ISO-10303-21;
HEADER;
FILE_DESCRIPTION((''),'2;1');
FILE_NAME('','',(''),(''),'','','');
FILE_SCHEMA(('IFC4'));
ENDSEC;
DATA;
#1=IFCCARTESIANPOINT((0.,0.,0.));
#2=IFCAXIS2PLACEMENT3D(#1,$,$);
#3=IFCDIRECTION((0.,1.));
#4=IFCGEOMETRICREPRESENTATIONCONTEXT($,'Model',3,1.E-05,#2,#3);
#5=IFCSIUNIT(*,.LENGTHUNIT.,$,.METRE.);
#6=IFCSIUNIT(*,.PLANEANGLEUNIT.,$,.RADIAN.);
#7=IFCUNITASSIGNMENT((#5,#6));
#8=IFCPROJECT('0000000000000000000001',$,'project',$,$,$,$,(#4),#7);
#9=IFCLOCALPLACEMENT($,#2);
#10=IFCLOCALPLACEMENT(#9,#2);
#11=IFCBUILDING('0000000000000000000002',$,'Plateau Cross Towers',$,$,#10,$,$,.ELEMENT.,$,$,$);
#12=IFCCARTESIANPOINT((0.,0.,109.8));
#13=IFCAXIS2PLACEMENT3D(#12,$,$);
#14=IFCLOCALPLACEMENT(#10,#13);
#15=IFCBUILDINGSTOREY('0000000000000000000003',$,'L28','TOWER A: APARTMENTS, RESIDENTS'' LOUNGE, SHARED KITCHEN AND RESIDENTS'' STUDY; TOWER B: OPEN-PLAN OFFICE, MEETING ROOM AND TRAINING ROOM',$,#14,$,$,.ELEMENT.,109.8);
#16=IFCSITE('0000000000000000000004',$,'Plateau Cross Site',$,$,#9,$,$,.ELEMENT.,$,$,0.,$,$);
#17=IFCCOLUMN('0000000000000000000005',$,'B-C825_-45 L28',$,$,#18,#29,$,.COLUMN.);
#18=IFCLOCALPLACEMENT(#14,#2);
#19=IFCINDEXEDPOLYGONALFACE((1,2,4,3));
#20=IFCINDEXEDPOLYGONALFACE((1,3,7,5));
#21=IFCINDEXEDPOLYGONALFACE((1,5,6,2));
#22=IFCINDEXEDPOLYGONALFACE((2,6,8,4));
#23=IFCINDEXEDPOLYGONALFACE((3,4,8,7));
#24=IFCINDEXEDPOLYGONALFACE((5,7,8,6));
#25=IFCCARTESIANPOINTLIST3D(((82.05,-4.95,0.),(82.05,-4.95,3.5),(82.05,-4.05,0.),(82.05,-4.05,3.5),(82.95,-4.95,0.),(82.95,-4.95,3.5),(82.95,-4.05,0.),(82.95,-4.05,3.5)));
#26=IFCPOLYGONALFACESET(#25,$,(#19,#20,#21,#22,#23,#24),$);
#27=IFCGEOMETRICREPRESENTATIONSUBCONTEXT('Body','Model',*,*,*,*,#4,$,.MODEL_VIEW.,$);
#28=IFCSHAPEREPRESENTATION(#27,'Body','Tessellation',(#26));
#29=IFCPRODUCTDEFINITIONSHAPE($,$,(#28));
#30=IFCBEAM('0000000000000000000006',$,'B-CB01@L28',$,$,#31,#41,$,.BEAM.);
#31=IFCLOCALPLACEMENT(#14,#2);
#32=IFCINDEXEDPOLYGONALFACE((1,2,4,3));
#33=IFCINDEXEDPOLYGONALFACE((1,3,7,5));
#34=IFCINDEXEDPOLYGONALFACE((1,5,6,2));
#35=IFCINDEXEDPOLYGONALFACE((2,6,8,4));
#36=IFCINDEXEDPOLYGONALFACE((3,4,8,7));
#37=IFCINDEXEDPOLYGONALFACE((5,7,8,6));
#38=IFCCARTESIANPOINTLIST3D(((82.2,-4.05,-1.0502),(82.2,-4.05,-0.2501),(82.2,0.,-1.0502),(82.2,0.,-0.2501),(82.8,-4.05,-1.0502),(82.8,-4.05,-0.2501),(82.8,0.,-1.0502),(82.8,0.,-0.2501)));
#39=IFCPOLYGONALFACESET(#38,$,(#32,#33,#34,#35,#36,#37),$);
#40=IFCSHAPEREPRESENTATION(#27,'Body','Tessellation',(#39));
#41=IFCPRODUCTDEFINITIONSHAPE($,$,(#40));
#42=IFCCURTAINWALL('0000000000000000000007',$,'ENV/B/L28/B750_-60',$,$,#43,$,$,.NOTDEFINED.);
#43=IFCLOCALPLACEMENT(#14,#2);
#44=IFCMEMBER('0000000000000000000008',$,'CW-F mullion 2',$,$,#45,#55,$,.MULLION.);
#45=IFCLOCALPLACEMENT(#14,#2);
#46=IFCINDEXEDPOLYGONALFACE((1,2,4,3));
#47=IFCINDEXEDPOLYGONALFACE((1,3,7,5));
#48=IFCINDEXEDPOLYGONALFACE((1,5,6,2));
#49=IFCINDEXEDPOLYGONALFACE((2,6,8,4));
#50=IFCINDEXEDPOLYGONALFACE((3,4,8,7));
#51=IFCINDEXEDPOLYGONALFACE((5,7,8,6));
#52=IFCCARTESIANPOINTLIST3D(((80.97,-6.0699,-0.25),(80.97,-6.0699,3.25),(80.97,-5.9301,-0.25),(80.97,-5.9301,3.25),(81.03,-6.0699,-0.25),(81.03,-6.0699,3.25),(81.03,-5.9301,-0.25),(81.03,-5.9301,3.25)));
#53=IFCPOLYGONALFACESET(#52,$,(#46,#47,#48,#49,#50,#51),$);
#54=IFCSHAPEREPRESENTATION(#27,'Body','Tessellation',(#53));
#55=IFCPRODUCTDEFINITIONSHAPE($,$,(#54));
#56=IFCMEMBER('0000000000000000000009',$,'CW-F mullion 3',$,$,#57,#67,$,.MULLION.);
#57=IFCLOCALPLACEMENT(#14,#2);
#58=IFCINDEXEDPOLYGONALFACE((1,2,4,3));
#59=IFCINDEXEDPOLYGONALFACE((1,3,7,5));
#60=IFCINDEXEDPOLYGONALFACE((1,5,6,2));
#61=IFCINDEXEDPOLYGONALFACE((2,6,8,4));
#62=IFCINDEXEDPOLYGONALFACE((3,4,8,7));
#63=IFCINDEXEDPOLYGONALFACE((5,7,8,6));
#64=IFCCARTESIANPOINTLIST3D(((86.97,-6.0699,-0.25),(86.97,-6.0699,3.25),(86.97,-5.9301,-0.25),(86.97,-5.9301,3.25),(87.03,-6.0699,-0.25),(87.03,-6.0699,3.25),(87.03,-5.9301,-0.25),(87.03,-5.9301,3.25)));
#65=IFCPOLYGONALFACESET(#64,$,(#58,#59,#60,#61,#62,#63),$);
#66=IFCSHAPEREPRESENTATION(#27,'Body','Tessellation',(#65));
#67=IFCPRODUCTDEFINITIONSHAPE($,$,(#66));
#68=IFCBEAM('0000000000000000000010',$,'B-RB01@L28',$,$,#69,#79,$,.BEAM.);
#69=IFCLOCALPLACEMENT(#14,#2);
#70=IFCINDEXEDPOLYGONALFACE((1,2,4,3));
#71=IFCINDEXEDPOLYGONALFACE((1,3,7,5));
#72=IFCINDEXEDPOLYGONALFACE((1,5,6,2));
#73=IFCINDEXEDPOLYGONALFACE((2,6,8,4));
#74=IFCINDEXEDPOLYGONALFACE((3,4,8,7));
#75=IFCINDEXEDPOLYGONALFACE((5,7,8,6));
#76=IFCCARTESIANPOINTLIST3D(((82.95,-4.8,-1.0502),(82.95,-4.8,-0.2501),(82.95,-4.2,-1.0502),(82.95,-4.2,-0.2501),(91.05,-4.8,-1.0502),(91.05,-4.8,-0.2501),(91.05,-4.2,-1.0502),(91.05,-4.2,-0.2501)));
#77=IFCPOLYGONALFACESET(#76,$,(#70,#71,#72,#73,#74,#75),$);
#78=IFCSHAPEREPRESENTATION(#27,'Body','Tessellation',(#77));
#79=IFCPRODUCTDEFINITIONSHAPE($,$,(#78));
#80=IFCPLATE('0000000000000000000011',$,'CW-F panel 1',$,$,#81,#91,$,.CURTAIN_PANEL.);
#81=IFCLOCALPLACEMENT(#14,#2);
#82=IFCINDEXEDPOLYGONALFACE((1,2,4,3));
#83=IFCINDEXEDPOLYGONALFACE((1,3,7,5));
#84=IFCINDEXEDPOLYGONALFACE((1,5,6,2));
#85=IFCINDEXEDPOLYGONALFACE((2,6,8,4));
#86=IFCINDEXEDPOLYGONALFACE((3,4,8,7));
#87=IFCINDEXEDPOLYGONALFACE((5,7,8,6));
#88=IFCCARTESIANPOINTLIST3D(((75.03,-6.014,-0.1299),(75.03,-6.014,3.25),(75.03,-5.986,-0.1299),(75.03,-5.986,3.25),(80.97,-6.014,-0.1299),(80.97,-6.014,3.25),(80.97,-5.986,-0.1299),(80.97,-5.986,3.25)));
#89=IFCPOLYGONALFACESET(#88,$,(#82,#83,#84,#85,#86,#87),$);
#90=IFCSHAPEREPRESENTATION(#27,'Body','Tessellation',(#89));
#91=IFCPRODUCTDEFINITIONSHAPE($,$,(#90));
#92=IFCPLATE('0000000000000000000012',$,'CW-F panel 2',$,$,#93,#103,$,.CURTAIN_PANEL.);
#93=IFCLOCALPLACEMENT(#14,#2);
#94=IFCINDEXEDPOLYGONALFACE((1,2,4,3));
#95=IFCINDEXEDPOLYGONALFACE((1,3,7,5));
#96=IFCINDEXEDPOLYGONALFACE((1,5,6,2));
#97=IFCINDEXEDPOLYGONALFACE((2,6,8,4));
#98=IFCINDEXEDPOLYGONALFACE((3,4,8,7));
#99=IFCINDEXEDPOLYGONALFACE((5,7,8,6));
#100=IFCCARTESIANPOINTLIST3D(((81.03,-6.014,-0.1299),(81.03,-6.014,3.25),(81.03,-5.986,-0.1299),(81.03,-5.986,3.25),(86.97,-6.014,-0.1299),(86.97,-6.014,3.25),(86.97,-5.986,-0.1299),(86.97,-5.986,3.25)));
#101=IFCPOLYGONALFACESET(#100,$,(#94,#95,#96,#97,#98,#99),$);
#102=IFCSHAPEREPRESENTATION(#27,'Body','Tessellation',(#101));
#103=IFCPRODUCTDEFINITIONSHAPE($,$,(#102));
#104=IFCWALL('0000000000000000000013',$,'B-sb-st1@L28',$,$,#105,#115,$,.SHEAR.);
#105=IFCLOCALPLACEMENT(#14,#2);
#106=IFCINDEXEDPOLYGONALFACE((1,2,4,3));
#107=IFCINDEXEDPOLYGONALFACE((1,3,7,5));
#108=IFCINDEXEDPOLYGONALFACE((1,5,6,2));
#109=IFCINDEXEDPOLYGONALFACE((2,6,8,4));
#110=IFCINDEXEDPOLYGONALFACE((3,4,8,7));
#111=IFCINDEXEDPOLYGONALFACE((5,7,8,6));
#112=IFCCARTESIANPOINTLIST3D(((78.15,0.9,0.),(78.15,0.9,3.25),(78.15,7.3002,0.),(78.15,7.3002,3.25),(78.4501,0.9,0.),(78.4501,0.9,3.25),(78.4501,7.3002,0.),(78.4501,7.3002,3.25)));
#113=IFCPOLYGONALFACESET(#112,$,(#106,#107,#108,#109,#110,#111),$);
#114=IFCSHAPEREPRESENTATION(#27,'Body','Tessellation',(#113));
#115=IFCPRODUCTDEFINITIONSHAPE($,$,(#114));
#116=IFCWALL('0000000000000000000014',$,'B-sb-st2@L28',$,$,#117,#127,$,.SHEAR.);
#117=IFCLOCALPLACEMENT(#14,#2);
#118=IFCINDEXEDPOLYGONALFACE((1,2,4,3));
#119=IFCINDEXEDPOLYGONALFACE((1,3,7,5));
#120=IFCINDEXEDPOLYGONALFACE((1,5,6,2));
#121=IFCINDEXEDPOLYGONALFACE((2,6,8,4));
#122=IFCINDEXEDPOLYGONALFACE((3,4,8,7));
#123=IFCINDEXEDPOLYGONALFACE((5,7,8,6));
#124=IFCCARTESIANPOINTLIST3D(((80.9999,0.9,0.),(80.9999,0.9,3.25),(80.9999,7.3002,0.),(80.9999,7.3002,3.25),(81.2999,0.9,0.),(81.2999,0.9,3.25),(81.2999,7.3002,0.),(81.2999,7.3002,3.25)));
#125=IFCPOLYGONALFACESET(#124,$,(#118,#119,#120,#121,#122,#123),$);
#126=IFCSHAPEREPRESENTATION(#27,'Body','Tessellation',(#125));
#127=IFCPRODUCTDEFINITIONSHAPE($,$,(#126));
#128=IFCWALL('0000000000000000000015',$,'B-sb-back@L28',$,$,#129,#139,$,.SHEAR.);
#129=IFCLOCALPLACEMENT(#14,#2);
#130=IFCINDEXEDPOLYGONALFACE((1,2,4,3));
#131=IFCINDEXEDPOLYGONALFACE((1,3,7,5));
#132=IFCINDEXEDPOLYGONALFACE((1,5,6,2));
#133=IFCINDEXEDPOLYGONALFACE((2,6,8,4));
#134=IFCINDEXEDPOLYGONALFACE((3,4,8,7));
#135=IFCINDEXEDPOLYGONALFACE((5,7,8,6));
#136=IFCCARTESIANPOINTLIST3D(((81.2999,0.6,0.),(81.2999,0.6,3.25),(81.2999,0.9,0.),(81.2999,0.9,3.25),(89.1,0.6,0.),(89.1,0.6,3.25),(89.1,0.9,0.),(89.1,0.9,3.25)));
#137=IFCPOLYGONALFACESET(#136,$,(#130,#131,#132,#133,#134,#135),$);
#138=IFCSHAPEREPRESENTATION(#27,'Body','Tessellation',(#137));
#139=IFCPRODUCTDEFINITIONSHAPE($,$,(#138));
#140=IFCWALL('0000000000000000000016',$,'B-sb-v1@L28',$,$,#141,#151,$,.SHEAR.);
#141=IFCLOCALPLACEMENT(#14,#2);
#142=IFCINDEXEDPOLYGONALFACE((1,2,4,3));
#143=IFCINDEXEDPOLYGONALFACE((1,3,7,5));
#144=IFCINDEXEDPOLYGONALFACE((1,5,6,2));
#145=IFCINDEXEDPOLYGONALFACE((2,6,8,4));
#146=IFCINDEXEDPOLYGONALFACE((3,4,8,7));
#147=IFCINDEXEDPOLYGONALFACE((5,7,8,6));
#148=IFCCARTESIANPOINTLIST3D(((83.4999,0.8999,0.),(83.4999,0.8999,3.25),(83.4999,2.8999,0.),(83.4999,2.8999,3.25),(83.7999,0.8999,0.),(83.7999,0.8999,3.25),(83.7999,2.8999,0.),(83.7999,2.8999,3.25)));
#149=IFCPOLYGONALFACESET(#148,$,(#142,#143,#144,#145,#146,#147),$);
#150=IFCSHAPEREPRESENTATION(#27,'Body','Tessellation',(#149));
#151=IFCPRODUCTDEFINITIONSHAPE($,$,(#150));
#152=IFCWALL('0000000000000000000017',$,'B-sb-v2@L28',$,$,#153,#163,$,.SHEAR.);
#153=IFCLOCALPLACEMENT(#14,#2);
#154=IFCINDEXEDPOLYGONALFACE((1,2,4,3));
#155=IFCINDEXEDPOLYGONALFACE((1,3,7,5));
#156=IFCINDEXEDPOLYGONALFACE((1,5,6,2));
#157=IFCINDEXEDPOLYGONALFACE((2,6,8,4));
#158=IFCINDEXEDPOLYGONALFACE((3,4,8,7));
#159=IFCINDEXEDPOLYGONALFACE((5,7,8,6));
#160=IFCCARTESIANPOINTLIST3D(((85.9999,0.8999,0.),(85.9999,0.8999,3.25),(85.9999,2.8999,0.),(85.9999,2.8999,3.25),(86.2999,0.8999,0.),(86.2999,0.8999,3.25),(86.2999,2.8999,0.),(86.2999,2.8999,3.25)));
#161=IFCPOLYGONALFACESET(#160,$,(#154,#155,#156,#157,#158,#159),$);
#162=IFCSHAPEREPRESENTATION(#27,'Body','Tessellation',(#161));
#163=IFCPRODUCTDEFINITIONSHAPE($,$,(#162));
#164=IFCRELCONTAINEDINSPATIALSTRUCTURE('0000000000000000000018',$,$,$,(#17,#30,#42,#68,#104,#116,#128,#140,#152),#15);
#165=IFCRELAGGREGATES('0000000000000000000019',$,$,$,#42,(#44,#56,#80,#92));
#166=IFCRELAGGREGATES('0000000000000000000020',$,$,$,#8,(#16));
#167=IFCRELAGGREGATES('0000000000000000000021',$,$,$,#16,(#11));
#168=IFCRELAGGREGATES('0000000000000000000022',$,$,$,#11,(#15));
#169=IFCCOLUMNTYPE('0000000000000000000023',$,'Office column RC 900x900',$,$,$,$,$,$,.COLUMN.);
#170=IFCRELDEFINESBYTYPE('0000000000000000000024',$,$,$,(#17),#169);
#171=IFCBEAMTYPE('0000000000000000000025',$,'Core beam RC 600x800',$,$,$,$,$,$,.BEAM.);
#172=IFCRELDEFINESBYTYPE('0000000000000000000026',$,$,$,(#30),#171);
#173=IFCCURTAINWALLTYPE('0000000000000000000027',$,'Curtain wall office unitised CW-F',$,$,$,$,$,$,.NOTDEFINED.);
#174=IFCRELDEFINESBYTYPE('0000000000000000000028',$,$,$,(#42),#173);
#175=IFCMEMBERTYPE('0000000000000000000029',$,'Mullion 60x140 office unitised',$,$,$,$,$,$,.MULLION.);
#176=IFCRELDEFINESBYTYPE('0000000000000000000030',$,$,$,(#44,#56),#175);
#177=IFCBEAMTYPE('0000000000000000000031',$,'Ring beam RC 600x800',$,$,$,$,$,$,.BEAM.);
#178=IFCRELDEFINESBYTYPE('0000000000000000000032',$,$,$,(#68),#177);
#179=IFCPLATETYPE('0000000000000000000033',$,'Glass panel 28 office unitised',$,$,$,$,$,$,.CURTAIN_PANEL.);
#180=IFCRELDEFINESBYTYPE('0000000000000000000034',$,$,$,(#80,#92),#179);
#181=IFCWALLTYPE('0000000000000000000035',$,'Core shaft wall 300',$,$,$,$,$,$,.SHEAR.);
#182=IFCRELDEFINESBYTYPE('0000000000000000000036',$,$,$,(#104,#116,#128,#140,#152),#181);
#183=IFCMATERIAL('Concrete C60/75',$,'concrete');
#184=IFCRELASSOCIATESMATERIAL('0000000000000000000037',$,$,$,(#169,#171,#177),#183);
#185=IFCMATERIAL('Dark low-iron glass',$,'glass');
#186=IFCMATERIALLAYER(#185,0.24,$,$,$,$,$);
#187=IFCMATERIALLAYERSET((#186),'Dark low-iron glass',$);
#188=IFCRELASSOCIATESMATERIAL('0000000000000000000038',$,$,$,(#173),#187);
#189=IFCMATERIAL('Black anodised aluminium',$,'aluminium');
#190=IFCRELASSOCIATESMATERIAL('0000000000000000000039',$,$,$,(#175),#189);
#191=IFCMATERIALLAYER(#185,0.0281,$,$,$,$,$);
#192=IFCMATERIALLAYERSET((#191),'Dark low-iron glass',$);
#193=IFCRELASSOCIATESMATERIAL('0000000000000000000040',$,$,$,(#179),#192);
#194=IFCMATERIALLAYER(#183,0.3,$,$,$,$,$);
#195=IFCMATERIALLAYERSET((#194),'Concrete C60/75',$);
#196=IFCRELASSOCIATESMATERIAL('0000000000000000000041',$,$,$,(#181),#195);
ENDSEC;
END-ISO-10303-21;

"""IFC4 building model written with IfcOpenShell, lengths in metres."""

from ifc_helpers import new_model, si_unit, direction, frame, frame_2d, origin, origin_2d, place, context, subcontext, project, spatial, rectangle, extrude, material, layer, layer_set, material_profile, profile_set, type_object, element, aggregate, save


model = new_model("IFC4")

# Units and contexts
model_context = context("Model", 3, precision=1e-05, world=origin(), true_north=direction((0.0, 1.0)))
body_context = subcontext(model_context, "Body", "Model", "MODEL_VIEW")
ifc_project = project(units=[si_unit("LENGTHUNIT", "METRE"), si_unit("PLANEANGLEUNIT", "RADIAN")], contexts=[model_context])

# Site, building, storey
site_placement = place(None, origin())
site = spatial("IfcSite", under=ifc_project, at=site_placement, Name="Plateau Cross Site", CompositionType="ELEMENT", RefElevation=0.0)
building_placement = place(site_placement, origin())
building = spatial("IfcBuilding", under=site, at=building_placement, Name="Plateau Cross Towers", CompositionType="ELEMENT")
storey_placement = place(building_placement, frame((0.0, 0.0, 109.8)))
storey = spatial("IfcBuildingStorey", under=building, at=storey_placement, Name="L28", Description="TOWER A: APARTMENTS, RESIDENTS' LOUNGE, SHARED KITCHEN AND RESIDENTS' STUDY; TOWER B: OPEN-PLAN OFFICE, MEETING ROOM AND TRAINING ROOM", CompositionType="ELEMENT", Elevation=109.8)

# Column
ifc_material_1 = material(Name="Concrete C60/75", Category="concrete")
ifc_material_profile_1 = material_profile(ifc_material_1, rectangle(XDim=0.8999, YDim=0.8999, at=origin_2d()), Name="RC 900x900")
ifc_profile_set_1 = profile_set([ifc_material_profile_1], Name="Concrete C60/75")
column_type = type_object("IfcColumnType", Name="Office column RC 900x900", PredefinedType="COLUMN", material=ifc_profile_set_1)
column_placement = place(storey_placement, frame((82.5, -4.5, 0.0), z_axis=(0.0, 0.0, 1.0), x_axis=(1.0, 0.0, 0.0)))
element("IfcColumn", 1, at=column_placement, inside=storey, type_object=column_type, Name="B-C825_-45 L28", PredefinedType="COLUMN", context=body_context, shape_type="SweptSolid", body=[
    extrude(rectangle(XDim=0.8999, YDim=0.8999, at=origin_2d()), origin(), (0.0, 0.0, 1.0), 3.5),
])

# Beam
ifc_material_profile_2 = material_profile(ifc_material_1, rectangle(XDim=0.6001, YDim=0.8, at=origin_2d()), Name="RC 600x800")
ifc_profile_set_2 = profile_set([ifc_material_profile_2], Name="Concrete C60/75")
beam_type_1 = type_object("IfcBeamType", Name="Core beam RC 600x800", PredefinedType="BEAM", material=ifc_profile_set_2)
beam_1_placement = place(storey_placement, frame((82.5, 0.0, -0.6501), z_axis=(0.0, -1.0, 0.0), x_axis=(1.0, 0.0, 0.0)))
element("IfcBeam", 2, at=beam_1_placement, inside=storey, type_object=beam_type_1, Name="B-CB01@L28", PredefinedType="BEAM", context=body_context, shape_type="SweptSolid", body=[
    extrude(rectangle(XDim=0.6001, YDim=0.8, at=origin_2d()), origin(), (0.0, 0.0, 1.0), 4.05),
])

# Curtain wall, members
ifc_material_2 = material(Name="Dark low-iron glass", Category="glass")
ifc_layer_1 = layer(ifc_material_2, 0.24)
ifc_layer_set_1 = layer_set([ifc_layer_1], Name="Dark low-iron glass")
curtain_wall_type = type_object("IfcCurtainWallType", Name="Curtain wall office unitised CW-F", PredefinedType="NOTDEFINED", material=ifc_layer_set_1)
curtain_wall_placement = place(storey_placement, origin())
curtain_wall = element("IfcCurtainWall", 3, at=curtain_wall_placement, inside=storey, type_object=curtain_wall_type, Name="ENV/B/L28/B750_-60", PredefinedType="NOTDEFINED")
ifc_material_3 = material(Name="Black anodised aluminium", Category="aluminium")
ifc_material_profile_3 = material_profile(ifc_material_3, rectangle(XDim=0.0601, YDim=0.1399, at=origin_2d()), Name="MULLION 60x140")
ifc_profile_set_3 = profile_set([ifc_material_profile_3], Name="Black anodised aluminium")
member_type = type_object("IfcMemberType", Name="Mullion 60x140 office unitised", PredefinedType="MULLION", material=ifc_profile_set_3)
member_1_placement = place(storey_placement, frame((81.0, -6.0, -0.25), z_axis=(0.0, 0.0, 1.0), x_axis=(1.0, 0.0, 0.0)))
member_1 = element("IfcMember", 4, at=member_1_placement, type_object=member_type, Name="CW-F mullion 2", PredefinedType="MULLION", context=body_context, shape_type="SweptSolid", body=[
    extrude(rectangle(XDim=0.0601, YDim=0.1399, at=origin_2d()), origin(), (0.0, 0.0, 1.0), 3.5),
])
member_2_placement = place(storey_placement, frame((87.0, -6.0, -0.25), z_axis=(0.0, 0.0, 1.0), x_axis=(1.0, 0.0, 0.0)))
member_2 = element("IfcMember", 5, at=member_2_placement, type_object=member_type, Name="CW-F mullion 3", PredefinedType="MULLION", context=body_context, shape_type="SweptSolid", body=[
    extrude(rectangle(XDim=0.0601, YDim=0.1399, at=origin_2d()), origin(), (0.0, 0.0, 1.0), 3.5),
])

# Beam
ifc_material_profile_4 = material_profile(ifc_material_1, rectangle(XDim=0.6001, YDim=0.8, at=origin_2d()), Name="RC 600x800")
ifc_profile_set_4 = profile_set([ifc_material_profile_4], Name="Concrete C60/75")
beam_type_2 = type_object("IfcBeamType", Name="Ring beam RC 600x800", PredefinedType="BEAM", material=ifc_profile_set_4)
beam_2_placement = place(storey_placement, frame((82.95, -4.5, -0.6501), z_axis=(1.0, 0.0, 0.0), x_axis=(0.0, 1.0, 0.0)))
element("IfcBeam", 6, at=beam_2_placement, inside=storey, type_object=beam_type_2, Name="B-RB01@L28", PredefinedType="BEAM", context=body_context, shape_type="SweptSolid", body=[
    extrude(rectangle(XDim=0.6001, YDim=0.8, at=origin_2d()), origin(), (0.0, 0.0, 1.0), 8.1001),
])

# Plates
ifc_layer_2 = layer(ifc_material_2, 0.0281)
ifc_layer_set_2 = layer_set([ifc_layer_2], Name="Dark low-iron glass")
plate_type = type_object("IfcPlateType", Name="Glass panel 28 office unitised", PredefinedType="CURTAIN_PANEL", material=ifc_layer_set_2)
plate_1_placement = place(storey_placement, frame((78.0, -6.0, -0.1299), z_axis=(0.0, 0.0, 1.0), x_axis=(1.0, 0.0, 0.0)))
plate_1 = element("IfcPlate", 7, at=plate_1_placement, type_object=plate_type, Name="CW-F panel 1", PredefinedType="CURTAIN_PANEL", context=body_context, shape_type="SweptSolid", body=[
    extrude(rectangle(XDim=5.9399, YDim=0.0281, at=origin_2d()), origin(), (0.0, 0.0, 1.0), 3.3799),
])
plate_2_placement = place(storey_placement, frame((84.0, -6.0, -0.1299), z_axis=(0.0, 0.0, 1.0), x_axis=(1.0, 0.0, 0.0)))
plate_2 = element("IfcPlate", 8, at=plate_2_placement, type_object=plate_type, Name="CW-F panel 2", PredefinedType="CURTAIN_PANEL", context=body_context, shape_type="SweptSolid", body=[
    extrude(rectangle(XDim=5.9399, YDim=0.0281, at=origin_2d()), origin(), (0.0, 0.0, 1.0), 3.3799),
])
aggregate(curtain_wall, [member_1, member_2, plate_1, plate_2])

# Walls
ifc_layer_3 = layer(ifc_material_1, 0.3)
ifc_layer_set_3 = layer_set([ifc_layer_3], Name="Concrete C60/75")
wall_type_1 = type_object("IfcWallType", Name="Core shaft wall 300", PredefinedType="SHEAR", material=ifc_layer_set_3)
for number, where, z_axis, x_axis, name in (
    (9, (78.3, 0.8999, 0.0), (0.0, 0.0, 1.0), (0.0, 1.0, 0.0), "B-sb-st1@L28"),
    (10, (81.1499, 0.8999, 0.0), (0.0, 0.0, 1.0), (0.0, 1.0, 0.0), "B-sb-st2@L28"),
):
    element("IfcWall", number, at=place(storey_placement, frame(where, z_axis=z_axis, x_axis=x_axis)), inside=storey, type_object=wall_type_1, Name=name, PredefinedType="SHEAR", context=body_context, shape_type="SweptSolid", body=[
        extrude(rectangle(XDim=6.4001, YDim=0.3, at=frame_2d((3.2002, 0.0))), origin(), (0.0, 0.0, 1.0), 3.25),
    ])
wall_1_placement = place(storey_placement, frame((81.3, 0.75, 0.0), z_axis=(0.0, 0.0, 1.0), x_axis=(1.0, 0.0, 0.0)))
element("IfcWall", 11, at=wall_1_placement, inside=storey, type_object=wall_type_1, Name="B-sb-back@L28", PredefinedType="SHEAR", context=body_context, shape_type="SweptSolid", body=[
    extrude(rectangle(XDim=7.8, YDim=0.3, at=frame_2d((3.8999, 0.0))), origin(), (0.0, 0.0, 1.0), 3.25),
])
for number, where, z_axis, x_axis, name in (
    (12, (83.6499, 0.8999, 0.0), (0.0, 0.0, 1.0), (0.0, 1.0, 0.0), "B-sb-v1@L28"),
    (13, (86.1499, 0.8999, 0.0), (0.0, 0.0, 1.0), (0.0, 1.0, 0.0), "B-sb-v2@L28"),
):
    element("IfcWall", number, at=place(storey_placement, frame(where, z_axis=z_axis, x_axis=x_axis)), inside=storey, type_object=wall_type_1, Name=name, PredefinedType="SHEAR", context=body_context, shape_type="SweptSolid", body=[
        extrude(rectangle(XDim=2.0, YDim=0.3, at=frame_2d((1.0, 0.0))), origin(), (0.0, 0.0, 1.0), 3.25),
    ])

save(model, "model.ifc")
